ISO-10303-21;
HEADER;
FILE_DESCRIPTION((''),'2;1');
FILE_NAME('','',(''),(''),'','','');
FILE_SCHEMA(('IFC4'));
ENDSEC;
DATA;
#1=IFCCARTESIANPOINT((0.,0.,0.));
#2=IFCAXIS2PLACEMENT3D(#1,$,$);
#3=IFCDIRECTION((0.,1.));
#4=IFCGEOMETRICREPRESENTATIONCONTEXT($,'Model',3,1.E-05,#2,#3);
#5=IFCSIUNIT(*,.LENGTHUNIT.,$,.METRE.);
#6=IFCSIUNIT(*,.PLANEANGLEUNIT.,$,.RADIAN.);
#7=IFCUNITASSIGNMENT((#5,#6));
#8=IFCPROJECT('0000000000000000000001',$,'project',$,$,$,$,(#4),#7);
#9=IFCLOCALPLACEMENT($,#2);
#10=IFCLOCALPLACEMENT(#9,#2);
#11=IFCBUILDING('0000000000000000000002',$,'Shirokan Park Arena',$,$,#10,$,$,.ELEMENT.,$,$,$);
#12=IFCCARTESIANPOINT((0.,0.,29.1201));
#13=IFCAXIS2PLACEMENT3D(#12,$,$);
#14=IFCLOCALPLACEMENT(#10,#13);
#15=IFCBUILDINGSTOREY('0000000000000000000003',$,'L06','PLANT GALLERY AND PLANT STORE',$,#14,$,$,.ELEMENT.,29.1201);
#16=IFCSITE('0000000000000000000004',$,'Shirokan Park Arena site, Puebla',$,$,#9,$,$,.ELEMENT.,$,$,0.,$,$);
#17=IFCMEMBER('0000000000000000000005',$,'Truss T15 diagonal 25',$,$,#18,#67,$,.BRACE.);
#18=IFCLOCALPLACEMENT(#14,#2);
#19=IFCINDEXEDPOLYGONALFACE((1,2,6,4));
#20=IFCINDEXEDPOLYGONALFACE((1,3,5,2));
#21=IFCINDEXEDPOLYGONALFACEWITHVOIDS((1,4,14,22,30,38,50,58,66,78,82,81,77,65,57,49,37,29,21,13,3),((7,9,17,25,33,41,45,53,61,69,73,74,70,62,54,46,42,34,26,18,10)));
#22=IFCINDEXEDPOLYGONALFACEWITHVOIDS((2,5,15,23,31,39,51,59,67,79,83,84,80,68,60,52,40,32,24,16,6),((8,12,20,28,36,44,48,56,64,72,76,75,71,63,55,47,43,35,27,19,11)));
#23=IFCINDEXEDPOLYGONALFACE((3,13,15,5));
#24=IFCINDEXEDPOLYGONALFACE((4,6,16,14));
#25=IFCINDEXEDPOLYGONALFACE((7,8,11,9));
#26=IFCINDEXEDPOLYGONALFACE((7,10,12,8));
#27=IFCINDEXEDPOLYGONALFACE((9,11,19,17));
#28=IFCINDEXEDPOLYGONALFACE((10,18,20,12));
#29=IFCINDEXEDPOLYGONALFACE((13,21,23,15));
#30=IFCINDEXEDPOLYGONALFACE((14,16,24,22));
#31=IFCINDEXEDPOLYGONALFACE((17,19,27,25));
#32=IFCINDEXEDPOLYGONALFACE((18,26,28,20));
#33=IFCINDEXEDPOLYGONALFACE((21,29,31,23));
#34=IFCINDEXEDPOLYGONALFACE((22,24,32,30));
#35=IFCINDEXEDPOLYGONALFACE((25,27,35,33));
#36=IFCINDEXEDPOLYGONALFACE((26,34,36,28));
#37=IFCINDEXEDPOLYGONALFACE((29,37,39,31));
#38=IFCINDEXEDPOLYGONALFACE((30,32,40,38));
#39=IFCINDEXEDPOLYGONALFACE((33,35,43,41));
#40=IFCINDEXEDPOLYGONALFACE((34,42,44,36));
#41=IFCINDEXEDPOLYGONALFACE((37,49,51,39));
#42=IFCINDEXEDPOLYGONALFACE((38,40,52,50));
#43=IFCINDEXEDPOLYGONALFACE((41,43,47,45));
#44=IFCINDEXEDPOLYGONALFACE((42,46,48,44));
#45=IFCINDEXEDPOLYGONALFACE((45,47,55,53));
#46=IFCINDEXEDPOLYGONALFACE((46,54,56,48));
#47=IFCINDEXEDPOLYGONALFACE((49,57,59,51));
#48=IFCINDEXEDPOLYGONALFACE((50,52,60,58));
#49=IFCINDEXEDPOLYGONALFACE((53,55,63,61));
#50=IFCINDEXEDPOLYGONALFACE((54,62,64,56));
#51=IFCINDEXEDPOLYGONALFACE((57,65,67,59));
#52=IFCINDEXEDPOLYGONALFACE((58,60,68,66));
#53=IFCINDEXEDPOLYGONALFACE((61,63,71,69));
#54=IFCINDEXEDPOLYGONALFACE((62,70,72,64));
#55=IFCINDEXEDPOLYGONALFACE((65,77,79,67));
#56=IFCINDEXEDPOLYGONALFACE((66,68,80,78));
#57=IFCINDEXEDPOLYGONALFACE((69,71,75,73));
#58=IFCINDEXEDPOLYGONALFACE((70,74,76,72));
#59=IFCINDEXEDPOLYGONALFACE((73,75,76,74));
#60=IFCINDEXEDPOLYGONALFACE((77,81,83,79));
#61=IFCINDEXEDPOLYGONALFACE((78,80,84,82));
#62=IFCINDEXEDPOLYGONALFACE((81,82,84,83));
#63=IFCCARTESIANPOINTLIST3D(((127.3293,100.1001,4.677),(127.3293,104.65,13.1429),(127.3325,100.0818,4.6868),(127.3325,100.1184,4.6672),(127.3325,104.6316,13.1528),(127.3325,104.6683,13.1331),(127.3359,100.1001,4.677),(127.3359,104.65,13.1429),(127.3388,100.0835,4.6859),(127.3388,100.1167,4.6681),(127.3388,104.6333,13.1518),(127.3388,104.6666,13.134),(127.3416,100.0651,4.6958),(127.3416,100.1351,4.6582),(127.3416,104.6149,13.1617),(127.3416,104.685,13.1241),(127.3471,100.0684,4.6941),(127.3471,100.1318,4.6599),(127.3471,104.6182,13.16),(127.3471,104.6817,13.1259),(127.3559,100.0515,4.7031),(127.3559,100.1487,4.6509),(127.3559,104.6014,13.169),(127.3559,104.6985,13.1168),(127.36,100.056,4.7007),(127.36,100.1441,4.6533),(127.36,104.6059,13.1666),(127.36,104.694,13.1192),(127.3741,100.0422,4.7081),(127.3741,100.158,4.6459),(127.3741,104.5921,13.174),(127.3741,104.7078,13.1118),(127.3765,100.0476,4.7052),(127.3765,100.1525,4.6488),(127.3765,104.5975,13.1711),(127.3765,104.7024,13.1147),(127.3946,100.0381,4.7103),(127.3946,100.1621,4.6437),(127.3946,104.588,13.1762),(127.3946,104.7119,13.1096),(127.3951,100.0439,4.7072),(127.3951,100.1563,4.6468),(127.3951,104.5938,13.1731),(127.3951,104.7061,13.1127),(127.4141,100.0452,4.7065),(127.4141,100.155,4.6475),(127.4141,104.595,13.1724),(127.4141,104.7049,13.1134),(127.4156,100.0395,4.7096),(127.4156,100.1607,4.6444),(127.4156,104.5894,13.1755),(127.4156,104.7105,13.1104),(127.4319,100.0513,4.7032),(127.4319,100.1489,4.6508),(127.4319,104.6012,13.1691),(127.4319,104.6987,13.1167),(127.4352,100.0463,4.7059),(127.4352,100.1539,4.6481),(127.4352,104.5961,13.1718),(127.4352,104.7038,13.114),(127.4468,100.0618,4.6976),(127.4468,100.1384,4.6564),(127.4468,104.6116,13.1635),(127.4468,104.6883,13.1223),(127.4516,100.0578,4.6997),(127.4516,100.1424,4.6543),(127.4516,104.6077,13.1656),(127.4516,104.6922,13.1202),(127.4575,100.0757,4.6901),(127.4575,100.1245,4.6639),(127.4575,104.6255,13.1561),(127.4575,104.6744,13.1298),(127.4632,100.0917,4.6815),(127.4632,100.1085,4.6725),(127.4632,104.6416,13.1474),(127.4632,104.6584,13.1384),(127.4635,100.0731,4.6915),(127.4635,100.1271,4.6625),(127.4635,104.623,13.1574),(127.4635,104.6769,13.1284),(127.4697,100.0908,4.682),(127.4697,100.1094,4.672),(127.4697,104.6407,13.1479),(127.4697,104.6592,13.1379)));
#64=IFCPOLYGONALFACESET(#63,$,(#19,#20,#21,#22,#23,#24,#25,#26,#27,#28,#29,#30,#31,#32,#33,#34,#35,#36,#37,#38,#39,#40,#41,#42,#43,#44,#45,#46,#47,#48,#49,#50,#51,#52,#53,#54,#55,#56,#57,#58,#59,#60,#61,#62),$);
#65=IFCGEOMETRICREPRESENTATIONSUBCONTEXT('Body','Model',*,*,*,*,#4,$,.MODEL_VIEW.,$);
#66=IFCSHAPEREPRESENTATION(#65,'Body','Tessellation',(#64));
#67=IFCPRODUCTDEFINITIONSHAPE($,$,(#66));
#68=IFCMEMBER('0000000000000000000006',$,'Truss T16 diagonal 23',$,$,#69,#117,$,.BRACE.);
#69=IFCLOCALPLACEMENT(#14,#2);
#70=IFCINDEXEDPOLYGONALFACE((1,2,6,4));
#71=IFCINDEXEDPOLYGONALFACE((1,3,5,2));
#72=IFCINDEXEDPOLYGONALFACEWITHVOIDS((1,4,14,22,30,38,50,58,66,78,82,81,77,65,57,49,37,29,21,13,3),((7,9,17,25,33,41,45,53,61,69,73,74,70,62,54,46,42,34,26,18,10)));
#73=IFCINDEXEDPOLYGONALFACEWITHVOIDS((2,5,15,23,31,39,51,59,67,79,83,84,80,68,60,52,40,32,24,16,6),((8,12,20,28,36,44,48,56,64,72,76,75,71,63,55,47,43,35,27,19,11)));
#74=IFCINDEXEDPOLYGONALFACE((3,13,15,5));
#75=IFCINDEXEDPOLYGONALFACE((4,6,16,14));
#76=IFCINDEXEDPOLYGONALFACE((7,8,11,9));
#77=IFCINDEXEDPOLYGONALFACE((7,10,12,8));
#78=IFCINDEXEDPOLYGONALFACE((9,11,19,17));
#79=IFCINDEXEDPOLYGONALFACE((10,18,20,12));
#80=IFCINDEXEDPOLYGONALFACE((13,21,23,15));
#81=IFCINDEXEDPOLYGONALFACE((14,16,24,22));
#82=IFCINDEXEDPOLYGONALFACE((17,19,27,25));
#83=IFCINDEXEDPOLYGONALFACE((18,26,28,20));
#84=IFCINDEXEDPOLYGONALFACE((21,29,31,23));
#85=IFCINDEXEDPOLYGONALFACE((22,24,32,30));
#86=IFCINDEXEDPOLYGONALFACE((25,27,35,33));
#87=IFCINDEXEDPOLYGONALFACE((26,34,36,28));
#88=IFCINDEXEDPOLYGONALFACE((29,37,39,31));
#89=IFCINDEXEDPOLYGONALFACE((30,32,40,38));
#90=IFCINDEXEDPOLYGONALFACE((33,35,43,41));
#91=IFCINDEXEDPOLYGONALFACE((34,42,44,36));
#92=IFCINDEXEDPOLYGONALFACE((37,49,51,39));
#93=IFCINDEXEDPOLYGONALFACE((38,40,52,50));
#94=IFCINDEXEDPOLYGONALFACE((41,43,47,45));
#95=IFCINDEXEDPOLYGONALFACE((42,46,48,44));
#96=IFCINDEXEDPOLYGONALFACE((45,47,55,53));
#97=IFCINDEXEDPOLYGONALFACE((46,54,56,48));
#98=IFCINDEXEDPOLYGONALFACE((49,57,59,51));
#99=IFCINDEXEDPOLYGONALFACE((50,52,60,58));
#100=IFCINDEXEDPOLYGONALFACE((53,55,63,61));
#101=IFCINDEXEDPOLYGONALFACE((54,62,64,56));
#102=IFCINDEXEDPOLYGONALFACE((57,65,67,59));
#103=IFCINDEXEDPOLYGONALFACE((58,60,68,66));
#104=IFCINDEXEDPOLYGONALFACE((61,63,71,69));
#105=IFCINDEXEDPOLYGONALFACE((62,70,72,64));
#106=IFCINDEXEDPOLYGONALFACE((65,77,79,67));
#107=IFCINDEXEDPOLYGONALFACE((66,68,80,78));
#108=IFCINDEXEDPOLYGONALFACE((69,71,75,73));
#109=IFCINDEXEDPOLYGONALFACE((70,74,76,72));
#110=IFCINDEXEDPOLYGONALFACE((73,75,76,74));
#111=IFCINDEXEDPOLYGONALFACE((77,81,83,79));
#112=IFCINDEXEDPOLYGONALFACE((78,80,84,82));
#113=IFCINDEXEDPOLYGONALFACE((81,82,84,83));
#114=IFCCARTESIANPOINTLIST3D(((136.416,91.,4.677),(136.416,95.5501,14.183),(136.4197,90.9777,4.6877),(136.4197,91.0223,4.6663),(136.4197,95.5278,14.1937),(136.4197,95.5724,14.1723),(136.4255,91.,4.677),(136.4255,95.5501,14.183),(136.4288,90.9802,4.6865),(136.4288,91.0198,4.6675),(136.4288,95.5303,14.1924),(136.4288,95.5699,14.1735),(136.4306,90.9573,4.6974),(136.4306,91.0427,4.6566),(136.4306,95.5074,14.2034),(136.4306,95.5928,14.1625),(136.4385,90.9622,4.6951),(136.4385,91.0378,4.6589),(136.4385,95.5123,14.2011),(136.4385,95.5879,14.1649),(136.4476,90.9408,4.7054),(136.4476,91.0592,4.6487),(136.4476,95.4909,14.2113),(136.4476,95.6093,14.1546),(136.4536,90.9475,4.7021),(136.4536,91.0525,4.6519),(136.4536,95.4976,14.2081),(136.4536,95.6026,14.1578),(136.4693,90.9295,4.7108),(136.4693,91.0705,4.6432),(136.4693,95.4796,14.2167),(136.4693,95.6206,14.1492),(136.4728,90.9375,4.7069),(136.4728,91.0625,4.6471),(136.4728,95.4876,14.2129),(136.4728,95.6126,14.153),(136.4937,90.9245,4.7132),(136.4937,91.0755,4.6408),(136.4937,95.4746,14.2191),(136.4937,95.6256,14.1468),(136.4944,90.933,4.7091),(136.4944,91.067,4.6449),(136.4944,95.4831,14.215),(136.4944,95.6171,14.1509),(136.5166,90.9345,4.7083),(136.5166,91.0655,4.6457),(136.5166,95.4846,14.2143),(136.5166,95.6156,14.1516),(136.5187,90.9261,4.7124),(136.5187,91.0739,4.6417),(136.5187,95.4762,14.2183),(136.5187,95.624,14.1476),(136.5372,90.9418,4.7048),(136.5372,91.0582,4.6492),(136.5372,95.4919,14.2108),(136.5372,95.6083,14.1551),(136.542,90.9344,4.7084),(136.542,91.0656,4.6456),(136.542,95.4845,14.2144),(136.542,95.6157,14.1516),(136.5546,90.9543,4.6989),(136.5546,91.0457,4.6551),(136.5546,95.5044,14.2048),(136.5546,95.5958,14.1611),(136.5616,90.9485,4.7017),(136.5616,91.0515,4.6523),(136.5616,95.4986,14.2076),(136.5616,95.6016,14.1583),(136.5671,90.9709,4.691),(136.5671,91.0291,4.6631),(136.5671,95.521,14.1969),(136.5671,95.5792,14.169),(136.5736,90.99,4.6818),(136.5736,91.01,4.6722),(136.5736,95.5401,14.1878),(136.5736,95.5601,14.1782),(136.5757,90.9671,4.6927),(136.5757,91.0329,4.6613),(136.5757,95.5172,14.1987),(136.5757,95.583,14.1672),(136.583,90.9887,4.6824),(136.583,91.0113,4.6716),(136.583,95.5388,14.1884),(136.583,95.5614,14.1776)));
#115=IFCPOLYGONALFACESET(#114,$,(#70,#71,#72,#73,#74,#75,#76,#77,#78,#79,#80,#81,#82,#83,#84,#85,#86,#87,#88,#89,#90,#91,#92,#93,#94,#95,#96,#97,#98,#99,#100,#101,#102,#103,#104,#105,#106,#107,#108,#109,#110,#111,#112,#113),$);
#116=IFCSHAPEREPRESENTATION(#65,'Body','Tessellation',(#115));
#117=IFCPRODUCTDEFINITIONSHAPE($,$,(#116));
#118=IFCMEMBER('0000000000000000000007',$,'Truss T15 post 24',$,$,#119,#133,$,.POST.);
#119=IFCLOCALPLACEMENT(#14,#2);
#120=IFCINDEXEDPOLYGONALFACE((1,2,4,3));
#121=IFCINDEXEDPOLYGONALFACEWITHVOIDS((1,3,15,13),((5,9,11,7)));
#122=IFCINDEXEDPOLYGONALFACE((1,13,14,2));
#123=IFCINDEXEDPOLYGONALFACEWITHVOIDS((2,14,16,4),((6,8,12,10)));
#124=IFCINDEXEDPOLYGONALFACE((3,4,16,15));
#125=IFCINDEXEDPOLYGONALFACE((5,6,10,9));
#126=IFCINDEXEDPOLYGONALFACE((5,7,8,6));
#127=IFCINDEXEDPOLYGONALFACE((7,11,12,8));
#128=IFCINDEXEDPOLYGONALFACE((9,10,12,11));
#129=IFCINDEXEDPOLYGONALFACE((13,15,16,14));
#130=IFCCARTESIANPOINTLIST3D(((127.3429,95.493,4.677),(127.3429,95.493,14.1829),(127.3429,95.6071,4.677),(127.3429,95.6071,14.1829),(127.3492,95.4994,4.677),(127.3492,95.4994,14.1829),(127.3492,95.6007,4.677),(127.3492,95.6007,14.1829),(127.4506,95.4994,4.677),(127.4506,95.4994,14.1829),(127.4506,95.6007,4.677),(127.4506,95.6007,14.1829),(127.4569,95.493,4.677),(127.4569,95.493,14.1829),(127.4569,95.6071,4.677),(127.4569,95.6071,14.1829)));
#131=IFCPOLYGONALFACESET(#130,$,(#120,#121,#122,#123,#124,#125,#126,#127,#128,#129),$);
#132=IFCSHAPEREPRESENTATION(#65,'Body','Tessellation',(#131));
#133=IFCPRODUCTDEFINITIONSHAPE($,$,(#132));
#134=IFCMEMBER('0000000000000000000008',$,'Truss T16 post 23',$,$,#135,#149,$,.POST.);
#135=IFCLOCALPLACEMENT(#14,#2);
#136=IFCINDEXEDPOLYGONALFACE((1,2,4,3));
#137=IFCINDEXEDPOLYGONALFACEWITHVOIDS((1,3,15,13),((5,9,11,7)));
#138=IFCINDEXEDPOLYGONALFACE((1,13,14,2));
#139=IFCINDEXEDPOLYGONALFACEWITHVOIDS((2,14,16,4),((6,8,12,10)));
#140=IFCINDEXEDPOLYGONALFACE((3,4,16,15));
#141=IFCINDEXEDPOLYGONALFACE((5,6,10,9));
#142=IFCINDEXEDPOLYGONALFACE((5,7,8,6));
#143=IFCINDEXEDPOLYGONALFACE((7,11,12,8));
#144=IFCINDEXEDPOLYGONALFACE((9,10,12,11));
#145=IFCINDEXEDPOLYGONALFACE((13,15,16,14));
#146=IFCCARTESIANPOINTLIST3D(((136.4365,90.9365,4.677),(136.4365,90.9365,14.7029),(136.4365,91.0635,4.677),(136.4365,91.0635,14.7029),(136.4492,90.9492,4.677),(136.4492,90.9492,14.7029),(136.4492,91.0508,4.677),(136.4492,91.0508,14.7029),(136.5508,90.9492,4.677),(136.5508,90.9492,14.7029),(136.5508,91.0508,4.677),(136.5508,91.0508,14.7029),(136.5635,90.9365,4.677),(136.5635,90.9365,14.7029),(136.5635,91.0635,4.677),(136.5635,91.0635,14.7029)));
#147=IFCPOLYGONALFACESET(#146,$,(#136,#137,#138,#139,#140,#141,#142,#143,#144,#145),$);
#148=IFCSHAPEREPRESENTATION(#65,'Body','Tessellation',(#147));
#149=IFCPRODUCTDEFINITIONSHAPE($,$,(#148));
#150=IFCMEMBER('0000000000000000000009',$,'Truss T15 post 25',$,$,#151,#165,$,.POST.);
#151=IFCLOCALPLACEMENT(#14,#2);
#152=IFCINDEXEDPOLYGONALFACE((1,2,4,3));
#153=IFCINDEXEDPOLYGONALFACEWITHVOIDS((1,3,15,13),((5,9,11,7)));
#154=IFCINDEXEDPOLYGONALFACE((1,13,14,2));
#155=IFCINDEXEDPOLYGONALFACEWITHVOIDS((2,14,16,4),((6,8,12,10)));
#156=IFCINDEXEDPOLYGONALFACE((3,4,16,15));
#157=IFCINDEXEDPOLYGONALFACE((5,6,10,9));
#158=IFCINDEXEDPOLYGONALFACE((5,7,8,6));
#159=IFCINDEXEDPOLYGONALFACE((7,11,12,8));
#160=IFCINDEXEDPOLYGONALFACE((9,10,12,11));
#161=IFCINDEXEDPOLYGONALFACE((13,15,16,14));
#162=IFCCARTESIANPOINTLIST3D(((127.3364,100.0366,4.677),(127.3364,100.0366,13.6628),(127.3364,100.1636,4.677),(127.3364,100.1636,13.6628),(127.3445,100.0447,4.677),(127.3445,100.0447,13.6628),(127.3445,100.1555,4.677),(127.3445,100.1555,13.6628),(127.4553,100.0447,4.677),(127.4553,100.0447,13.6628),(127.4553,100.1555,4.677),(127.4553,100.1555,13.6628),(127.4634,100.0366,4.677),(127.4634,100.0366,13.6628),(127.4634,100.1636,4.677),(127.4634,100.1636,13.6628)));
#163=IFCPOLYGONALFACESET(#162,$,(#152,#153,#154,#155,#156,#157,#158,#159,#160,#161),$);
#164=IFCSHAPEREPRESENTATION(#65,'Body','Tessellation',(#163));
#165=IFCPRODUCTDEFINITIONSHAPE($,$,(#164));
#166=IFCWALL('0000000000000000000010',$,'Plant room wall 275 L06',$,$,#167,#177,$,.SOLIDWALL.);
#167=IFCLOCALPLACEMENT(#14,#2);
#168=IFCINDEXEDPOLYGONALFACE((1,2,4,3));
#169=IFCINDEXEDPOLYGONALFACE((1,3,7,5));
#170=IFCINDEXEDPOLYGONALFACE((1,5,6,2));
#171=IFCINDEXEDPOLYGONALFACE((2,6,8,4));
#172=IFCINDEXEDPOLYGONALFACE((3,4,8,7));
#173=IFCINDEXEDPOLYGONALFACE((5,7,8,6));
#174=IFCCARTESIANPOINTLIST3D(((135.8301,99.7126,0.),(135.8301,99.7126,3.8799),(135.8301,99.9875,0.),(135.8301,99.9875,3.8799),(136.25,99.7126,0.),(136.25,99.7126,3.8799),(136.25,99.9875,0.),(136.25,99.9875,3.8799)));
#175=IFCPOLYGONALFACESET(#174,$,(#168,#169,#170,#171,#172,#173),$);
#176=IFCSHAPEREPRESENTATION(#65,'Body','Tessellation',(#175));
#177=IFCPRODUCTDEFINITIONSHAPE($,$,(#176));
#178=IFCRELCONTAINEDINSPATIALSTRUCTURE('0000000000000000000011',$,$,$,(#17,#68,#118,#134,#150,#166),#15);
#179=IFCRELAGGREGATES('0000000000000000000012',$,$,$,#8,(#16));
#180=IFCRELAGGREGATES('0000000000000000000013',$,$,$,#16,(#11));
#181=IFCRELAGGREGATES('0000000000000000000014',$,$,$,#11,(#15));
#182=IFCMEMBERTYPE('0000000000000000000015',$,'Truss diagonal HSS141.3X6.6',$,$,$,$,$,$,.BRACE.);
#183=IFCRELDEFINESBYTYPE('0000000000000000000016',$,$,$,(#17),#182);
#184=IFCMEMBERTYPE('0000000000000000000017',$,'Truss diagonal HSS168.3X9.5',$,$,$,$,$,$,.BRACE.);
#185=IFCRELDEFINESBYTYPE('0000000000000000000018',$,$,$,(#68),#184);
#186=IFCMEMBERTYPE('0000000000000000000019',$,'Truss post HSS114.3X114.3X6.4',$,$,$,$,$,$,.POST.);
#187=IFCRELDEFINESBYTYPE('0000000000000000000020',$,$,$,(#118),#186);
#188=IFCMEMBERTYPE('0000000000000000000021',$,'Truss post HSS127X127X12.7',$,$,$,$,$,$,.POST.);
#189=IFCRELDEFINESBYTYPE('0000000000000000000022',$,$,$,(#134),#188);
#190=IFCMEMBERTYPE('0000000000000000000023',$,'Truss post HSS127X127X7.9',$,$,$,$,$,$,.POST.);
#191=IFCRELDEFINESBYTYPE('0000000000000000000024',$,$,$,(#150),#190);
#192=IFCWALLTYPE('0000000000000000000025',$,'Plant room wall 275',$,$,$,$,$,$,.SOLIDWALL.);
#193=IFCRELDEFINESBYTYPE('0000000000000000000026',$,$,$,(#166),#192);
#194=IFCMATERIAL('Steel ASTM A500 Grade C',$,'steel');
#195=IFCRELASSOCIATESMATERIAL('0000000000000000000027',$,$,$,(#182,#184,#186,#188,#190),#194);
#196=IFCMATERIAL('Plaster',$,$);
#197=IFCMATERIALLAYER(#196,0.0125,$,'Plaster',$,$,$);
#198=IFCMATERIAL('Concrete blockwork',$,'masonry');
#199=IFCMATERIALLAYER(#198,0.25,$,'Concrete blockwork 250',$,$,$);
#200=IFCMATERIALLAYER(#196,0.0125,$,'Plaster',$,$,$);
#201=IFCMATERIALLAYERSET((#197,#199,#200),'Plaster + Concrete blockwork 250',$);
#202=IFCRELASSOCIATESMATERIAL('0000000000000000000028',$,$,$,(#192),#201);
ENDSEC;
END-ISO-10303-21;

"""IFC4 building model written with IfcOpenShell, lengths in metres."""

from ifc_helpers import new_model, si_unit, direction, frame, frame_2d, origin, origin_2d, place, context, subcontext, project, spatial, rectangle, hollow_rectangle, hollow_circle, extrude, material, layer, layer_set, material_profile, profile_set, type_object, element, save


model = new_model("IFC4")

# Units and contexts
model_context = context("Model", 3, precision=1e-05, world=origin(), true_north=direction((0.0, 1.0)))
body_context = subcontext(model_context, "Body", "Model", "MODEL_VIEW")
ifc_project = project(units=[si_unit("LENGTHUNIT", "METRE"), si_unit("PLANEANGLEUNIT", "RADIAN")], contexts=[model_context])

# Site, building, storey
site_placement = place(None, origin())
site = spatial("IfcSite", under=ifc_project, at=site_placement, Name="Shirokan Park Arena site, Puebla", CompositionType="ELEMENT", RefElevation=0.0)
building_placement = place(site_placement, origin())
building = spatial("IfcBuilding", under=site, at=building_placement, Name="Shirokan Park Arena", CompositionType="ELEMENT")
storey_placement = place(building_placement, frame((0.0, 0.0, 29.1201)))
storey = spatial("IfcBuildingStorey", under=building, at=storey_placement, Name="L06", Description="PLANT GALLERY AND PLANT STORE", CompositionType="ELEMENT", Elevation=29.1201)

# Shared definitions
ifc_material_1 = material(Name="Steel ASTM A500 Grade C", Category="steel")

# Members
ifc_material_profile_1 = material_profile(ifc_material_1, hollow_circle(Radius=0.0706, WallThickness=0.0066, at=origin_2d()), Name="HSS141.3X6.6")
ifc_profile_set_1 = profile_set([ifc_material_profile_1], Name="Steel ASTM A500 Grade C")
member_type_1 = type_object("IfcMemberType", Name="Truss diagonal HSS141.3X6.6", PredefinedType="BRACE", material=ifc_profile_set_1)
member_1_placement = place(storey_placement, frame((127.3999, 100.1001, 4.677), z_axis=(0.0, 0.473397, 0.880849), x_axis=(-1.0, 0.0, 0.0)))
element("IfcMember", 1, at=member_1_placement, inside=storey, type_object=member_type_1, Name="Truss T15 diagonal 25", PredefinedType="BRACE", context=body_context, shape_type="SweptSolid", body=[
    extrude(hollow_circle(Radius=0.0706, WallThickness=0.0066, at=origin_2d()), origin(), (0.0, 0.0, 1.0), 9.6111),
])
ifc_material_profile_2 = material_profile(ifc_material_1, hollow_circle(Radius=0.084, WallThickness=0.0095, at=origin_2d()), Name="HSS168.3X9.5")
ifc_profile_set_2 = profile_set([ifc_material_profile_2], Name="Steel ASTM A500 Grade C")
member_type_2 = type_object("IfcMemberType", Name="Truss diagonal HSS168.3X9.5", PredefinedType="BRACE", material=ifc_profile_set_2)
member_2_placement = place(storey_placement, frame((136.5, 91.0, 4.677), z_axis=(0.0, 0.431746, 0.901995), x_axis=(-1.0, 0.0, 0.0)))
element("IfcMember", 2, at=member_2_placement, inside=storey, type_object=member_type_2, Name="Truss T16 diagonal 23", PredefinedType="BRACE", context=body_context, shape_type="SweptSolid", body=[
    extrude(hollow_circle(Radius=0.084, WallThickness=0.0095, at=origin_2d()), origin(), (0.0, 0.0, 1.0), 10.5388),
])
ifc_material_profile_3 = material_profile(ifc_material_1, hollow_rectangle(XDim=0.114, YDim=0.114, WallThickness=0.0063, at=origin_2d()), Name="HSS114.3X114.3X6.4")
ifc_profile_set_3 = profile_set([ifc_material_profile_3], Name="Steel ASTM A500 Grade C")
member_type_3 = type_object("IfcMemberType", Name="Truss post HSS114.3X114.3X6.4", PredefinedType="POST", material=ifc_profile_set_3)
member_3_placement = place(storey_placement, frame((127.3999, 95.55, 4.677), z_axis=(0.0, 0.0, 1.0), x_axis=(1.0, 0.0, 0.0)))
element("IfcMember", 3, at=member_3_placement, inside=storey, type_object=member_type_3, Name="Truss T15 post 24", PredefinedType="POST", context=body_context, shape_type="SweptSolid", body=[
    extrude(hollow_rectangle(XDim=0.114, YDim=0.114, WallThickness=0.0063, at=origin_2d()), origin(), (0.0, 0.0, 1.0), 9.5059),
])
ifc_material_profile_4 = material_profile(ifc_material_1, hollow_rectangle(XDim=0.127, YDim=0.127, WallThickness=0.0127, at=origin_2d()), Name="HSS127X127X12.7")
ifc_profile_set_4 = profile_set([ifc_material_profile_4], Name="Steel ASTM A500 Grade C")
member_type_4 = type_object("IfcMemberType", Name="Truss post HSS127X127X12.7", PredefinedType="POST", material=ifc_profile_set_4)
member_4_placement = place(storey_placement, frame((136.5, 91.0, 4.677), z_axis=(0.0, 0.0, 1.0), x_axis=(1.0, 0.0, 0.0)))
element("IfcMember", 4, at=member_4_placement, inside=storey, type_object=member_type_4, Name="Truss T16 post 23", PredefinedType="POST", context=body_context, shape_type="SweptSolid", body=[
    extrude(hollow_rectangle(XDim=0.127, YDim=0.127, WallThickness=0.0127, at=origin_2d()), origin(), (0.0, 0.0, 1.0), 10.0259),
])
ifc_material_profile_5 = material_profile(ifc_material_1, hollow_rectangle(XDim=0.127, YDim=0.127, WallThickness=0.0081, at=origin_2d()), Name="HSS127X127X7.9")
ifc_profile_set_5 = profile_set([ifc_material_profile_5], Name="Steel ASTM A500 Grade C")
member_type_5 = type_object("IfcMemberType", Name="Truss post HSS127X127X7.9", PredefinedType="POST", material=ifc_profile_set_5)
member_5_placement = place(storey_placement, frame((127.3999, 100.1001, 4.677), z_axis=(0.0, 0.0, 1.0), x_axis=(1.0, 0.0, 0.0)))
element("IfcMember", 5, at=member_5_placement, inside=storey, type_object=member_type_5, Name="Truss T15 post 25", PredefinedType="POST", context=body_context, shape_type="SweptSolid", body=[
    extrude(hollow_rectangle(XDim=0.127, YDim=0.127, WallThickness=0.0081, at=origin_2d()), origin(), (0.0, 0.0, 1.0), 8.9858),
])

# Shared definitions
ifc_material_2 = material(Name="Plaster")
ifc_layer_1 = layer(ifc_material_2, 0.0125, Name="Plaster")
ifc_material_3 = material(Name="Concrete blockwork", Category="masonry")
ifc_layer_2 = layer(ifc_material_3, 0.25, Name="Concrete blockwork 250")
ifc_layer_3 = layer(ifc_material_2, 0.0125, Name="Plaster")
ifc_layer_set_1 = layer_set([ifc_layer_1, ifc_layer_2, ifc_layer_3], Name="Plaster + Concrete blockwork 250")
wall_type_1 = type_object("IfcWallType", Name="Plant room wall 275", PredefinedType="SOLIDWALL", material=ifc_layer_set_1)

# Wall
wall_1_placement = place(storey_placement, frame((135.8301, 99.8501, 0.0), z_axis=(0.0, 0.0, 1.0), x_axis=(1.0, 0.0, 0.0)))
element("IfcWall", 6, at=wall_1_placement, inside=storey, type_object=wall_type_1, Name="Plant room wall 275 L06", PredefinedType="SOLIDWALL", context=body_context, shape_type="SweptSolid", body=[
    extrude(rectangle(XDim=0.4199, YDim=0.2749, at=frame_2d((0.21, 0.0))), origin(), (0.0, 0.0, 1.0), 3.8799),
])

save(model, "model.ifc")
